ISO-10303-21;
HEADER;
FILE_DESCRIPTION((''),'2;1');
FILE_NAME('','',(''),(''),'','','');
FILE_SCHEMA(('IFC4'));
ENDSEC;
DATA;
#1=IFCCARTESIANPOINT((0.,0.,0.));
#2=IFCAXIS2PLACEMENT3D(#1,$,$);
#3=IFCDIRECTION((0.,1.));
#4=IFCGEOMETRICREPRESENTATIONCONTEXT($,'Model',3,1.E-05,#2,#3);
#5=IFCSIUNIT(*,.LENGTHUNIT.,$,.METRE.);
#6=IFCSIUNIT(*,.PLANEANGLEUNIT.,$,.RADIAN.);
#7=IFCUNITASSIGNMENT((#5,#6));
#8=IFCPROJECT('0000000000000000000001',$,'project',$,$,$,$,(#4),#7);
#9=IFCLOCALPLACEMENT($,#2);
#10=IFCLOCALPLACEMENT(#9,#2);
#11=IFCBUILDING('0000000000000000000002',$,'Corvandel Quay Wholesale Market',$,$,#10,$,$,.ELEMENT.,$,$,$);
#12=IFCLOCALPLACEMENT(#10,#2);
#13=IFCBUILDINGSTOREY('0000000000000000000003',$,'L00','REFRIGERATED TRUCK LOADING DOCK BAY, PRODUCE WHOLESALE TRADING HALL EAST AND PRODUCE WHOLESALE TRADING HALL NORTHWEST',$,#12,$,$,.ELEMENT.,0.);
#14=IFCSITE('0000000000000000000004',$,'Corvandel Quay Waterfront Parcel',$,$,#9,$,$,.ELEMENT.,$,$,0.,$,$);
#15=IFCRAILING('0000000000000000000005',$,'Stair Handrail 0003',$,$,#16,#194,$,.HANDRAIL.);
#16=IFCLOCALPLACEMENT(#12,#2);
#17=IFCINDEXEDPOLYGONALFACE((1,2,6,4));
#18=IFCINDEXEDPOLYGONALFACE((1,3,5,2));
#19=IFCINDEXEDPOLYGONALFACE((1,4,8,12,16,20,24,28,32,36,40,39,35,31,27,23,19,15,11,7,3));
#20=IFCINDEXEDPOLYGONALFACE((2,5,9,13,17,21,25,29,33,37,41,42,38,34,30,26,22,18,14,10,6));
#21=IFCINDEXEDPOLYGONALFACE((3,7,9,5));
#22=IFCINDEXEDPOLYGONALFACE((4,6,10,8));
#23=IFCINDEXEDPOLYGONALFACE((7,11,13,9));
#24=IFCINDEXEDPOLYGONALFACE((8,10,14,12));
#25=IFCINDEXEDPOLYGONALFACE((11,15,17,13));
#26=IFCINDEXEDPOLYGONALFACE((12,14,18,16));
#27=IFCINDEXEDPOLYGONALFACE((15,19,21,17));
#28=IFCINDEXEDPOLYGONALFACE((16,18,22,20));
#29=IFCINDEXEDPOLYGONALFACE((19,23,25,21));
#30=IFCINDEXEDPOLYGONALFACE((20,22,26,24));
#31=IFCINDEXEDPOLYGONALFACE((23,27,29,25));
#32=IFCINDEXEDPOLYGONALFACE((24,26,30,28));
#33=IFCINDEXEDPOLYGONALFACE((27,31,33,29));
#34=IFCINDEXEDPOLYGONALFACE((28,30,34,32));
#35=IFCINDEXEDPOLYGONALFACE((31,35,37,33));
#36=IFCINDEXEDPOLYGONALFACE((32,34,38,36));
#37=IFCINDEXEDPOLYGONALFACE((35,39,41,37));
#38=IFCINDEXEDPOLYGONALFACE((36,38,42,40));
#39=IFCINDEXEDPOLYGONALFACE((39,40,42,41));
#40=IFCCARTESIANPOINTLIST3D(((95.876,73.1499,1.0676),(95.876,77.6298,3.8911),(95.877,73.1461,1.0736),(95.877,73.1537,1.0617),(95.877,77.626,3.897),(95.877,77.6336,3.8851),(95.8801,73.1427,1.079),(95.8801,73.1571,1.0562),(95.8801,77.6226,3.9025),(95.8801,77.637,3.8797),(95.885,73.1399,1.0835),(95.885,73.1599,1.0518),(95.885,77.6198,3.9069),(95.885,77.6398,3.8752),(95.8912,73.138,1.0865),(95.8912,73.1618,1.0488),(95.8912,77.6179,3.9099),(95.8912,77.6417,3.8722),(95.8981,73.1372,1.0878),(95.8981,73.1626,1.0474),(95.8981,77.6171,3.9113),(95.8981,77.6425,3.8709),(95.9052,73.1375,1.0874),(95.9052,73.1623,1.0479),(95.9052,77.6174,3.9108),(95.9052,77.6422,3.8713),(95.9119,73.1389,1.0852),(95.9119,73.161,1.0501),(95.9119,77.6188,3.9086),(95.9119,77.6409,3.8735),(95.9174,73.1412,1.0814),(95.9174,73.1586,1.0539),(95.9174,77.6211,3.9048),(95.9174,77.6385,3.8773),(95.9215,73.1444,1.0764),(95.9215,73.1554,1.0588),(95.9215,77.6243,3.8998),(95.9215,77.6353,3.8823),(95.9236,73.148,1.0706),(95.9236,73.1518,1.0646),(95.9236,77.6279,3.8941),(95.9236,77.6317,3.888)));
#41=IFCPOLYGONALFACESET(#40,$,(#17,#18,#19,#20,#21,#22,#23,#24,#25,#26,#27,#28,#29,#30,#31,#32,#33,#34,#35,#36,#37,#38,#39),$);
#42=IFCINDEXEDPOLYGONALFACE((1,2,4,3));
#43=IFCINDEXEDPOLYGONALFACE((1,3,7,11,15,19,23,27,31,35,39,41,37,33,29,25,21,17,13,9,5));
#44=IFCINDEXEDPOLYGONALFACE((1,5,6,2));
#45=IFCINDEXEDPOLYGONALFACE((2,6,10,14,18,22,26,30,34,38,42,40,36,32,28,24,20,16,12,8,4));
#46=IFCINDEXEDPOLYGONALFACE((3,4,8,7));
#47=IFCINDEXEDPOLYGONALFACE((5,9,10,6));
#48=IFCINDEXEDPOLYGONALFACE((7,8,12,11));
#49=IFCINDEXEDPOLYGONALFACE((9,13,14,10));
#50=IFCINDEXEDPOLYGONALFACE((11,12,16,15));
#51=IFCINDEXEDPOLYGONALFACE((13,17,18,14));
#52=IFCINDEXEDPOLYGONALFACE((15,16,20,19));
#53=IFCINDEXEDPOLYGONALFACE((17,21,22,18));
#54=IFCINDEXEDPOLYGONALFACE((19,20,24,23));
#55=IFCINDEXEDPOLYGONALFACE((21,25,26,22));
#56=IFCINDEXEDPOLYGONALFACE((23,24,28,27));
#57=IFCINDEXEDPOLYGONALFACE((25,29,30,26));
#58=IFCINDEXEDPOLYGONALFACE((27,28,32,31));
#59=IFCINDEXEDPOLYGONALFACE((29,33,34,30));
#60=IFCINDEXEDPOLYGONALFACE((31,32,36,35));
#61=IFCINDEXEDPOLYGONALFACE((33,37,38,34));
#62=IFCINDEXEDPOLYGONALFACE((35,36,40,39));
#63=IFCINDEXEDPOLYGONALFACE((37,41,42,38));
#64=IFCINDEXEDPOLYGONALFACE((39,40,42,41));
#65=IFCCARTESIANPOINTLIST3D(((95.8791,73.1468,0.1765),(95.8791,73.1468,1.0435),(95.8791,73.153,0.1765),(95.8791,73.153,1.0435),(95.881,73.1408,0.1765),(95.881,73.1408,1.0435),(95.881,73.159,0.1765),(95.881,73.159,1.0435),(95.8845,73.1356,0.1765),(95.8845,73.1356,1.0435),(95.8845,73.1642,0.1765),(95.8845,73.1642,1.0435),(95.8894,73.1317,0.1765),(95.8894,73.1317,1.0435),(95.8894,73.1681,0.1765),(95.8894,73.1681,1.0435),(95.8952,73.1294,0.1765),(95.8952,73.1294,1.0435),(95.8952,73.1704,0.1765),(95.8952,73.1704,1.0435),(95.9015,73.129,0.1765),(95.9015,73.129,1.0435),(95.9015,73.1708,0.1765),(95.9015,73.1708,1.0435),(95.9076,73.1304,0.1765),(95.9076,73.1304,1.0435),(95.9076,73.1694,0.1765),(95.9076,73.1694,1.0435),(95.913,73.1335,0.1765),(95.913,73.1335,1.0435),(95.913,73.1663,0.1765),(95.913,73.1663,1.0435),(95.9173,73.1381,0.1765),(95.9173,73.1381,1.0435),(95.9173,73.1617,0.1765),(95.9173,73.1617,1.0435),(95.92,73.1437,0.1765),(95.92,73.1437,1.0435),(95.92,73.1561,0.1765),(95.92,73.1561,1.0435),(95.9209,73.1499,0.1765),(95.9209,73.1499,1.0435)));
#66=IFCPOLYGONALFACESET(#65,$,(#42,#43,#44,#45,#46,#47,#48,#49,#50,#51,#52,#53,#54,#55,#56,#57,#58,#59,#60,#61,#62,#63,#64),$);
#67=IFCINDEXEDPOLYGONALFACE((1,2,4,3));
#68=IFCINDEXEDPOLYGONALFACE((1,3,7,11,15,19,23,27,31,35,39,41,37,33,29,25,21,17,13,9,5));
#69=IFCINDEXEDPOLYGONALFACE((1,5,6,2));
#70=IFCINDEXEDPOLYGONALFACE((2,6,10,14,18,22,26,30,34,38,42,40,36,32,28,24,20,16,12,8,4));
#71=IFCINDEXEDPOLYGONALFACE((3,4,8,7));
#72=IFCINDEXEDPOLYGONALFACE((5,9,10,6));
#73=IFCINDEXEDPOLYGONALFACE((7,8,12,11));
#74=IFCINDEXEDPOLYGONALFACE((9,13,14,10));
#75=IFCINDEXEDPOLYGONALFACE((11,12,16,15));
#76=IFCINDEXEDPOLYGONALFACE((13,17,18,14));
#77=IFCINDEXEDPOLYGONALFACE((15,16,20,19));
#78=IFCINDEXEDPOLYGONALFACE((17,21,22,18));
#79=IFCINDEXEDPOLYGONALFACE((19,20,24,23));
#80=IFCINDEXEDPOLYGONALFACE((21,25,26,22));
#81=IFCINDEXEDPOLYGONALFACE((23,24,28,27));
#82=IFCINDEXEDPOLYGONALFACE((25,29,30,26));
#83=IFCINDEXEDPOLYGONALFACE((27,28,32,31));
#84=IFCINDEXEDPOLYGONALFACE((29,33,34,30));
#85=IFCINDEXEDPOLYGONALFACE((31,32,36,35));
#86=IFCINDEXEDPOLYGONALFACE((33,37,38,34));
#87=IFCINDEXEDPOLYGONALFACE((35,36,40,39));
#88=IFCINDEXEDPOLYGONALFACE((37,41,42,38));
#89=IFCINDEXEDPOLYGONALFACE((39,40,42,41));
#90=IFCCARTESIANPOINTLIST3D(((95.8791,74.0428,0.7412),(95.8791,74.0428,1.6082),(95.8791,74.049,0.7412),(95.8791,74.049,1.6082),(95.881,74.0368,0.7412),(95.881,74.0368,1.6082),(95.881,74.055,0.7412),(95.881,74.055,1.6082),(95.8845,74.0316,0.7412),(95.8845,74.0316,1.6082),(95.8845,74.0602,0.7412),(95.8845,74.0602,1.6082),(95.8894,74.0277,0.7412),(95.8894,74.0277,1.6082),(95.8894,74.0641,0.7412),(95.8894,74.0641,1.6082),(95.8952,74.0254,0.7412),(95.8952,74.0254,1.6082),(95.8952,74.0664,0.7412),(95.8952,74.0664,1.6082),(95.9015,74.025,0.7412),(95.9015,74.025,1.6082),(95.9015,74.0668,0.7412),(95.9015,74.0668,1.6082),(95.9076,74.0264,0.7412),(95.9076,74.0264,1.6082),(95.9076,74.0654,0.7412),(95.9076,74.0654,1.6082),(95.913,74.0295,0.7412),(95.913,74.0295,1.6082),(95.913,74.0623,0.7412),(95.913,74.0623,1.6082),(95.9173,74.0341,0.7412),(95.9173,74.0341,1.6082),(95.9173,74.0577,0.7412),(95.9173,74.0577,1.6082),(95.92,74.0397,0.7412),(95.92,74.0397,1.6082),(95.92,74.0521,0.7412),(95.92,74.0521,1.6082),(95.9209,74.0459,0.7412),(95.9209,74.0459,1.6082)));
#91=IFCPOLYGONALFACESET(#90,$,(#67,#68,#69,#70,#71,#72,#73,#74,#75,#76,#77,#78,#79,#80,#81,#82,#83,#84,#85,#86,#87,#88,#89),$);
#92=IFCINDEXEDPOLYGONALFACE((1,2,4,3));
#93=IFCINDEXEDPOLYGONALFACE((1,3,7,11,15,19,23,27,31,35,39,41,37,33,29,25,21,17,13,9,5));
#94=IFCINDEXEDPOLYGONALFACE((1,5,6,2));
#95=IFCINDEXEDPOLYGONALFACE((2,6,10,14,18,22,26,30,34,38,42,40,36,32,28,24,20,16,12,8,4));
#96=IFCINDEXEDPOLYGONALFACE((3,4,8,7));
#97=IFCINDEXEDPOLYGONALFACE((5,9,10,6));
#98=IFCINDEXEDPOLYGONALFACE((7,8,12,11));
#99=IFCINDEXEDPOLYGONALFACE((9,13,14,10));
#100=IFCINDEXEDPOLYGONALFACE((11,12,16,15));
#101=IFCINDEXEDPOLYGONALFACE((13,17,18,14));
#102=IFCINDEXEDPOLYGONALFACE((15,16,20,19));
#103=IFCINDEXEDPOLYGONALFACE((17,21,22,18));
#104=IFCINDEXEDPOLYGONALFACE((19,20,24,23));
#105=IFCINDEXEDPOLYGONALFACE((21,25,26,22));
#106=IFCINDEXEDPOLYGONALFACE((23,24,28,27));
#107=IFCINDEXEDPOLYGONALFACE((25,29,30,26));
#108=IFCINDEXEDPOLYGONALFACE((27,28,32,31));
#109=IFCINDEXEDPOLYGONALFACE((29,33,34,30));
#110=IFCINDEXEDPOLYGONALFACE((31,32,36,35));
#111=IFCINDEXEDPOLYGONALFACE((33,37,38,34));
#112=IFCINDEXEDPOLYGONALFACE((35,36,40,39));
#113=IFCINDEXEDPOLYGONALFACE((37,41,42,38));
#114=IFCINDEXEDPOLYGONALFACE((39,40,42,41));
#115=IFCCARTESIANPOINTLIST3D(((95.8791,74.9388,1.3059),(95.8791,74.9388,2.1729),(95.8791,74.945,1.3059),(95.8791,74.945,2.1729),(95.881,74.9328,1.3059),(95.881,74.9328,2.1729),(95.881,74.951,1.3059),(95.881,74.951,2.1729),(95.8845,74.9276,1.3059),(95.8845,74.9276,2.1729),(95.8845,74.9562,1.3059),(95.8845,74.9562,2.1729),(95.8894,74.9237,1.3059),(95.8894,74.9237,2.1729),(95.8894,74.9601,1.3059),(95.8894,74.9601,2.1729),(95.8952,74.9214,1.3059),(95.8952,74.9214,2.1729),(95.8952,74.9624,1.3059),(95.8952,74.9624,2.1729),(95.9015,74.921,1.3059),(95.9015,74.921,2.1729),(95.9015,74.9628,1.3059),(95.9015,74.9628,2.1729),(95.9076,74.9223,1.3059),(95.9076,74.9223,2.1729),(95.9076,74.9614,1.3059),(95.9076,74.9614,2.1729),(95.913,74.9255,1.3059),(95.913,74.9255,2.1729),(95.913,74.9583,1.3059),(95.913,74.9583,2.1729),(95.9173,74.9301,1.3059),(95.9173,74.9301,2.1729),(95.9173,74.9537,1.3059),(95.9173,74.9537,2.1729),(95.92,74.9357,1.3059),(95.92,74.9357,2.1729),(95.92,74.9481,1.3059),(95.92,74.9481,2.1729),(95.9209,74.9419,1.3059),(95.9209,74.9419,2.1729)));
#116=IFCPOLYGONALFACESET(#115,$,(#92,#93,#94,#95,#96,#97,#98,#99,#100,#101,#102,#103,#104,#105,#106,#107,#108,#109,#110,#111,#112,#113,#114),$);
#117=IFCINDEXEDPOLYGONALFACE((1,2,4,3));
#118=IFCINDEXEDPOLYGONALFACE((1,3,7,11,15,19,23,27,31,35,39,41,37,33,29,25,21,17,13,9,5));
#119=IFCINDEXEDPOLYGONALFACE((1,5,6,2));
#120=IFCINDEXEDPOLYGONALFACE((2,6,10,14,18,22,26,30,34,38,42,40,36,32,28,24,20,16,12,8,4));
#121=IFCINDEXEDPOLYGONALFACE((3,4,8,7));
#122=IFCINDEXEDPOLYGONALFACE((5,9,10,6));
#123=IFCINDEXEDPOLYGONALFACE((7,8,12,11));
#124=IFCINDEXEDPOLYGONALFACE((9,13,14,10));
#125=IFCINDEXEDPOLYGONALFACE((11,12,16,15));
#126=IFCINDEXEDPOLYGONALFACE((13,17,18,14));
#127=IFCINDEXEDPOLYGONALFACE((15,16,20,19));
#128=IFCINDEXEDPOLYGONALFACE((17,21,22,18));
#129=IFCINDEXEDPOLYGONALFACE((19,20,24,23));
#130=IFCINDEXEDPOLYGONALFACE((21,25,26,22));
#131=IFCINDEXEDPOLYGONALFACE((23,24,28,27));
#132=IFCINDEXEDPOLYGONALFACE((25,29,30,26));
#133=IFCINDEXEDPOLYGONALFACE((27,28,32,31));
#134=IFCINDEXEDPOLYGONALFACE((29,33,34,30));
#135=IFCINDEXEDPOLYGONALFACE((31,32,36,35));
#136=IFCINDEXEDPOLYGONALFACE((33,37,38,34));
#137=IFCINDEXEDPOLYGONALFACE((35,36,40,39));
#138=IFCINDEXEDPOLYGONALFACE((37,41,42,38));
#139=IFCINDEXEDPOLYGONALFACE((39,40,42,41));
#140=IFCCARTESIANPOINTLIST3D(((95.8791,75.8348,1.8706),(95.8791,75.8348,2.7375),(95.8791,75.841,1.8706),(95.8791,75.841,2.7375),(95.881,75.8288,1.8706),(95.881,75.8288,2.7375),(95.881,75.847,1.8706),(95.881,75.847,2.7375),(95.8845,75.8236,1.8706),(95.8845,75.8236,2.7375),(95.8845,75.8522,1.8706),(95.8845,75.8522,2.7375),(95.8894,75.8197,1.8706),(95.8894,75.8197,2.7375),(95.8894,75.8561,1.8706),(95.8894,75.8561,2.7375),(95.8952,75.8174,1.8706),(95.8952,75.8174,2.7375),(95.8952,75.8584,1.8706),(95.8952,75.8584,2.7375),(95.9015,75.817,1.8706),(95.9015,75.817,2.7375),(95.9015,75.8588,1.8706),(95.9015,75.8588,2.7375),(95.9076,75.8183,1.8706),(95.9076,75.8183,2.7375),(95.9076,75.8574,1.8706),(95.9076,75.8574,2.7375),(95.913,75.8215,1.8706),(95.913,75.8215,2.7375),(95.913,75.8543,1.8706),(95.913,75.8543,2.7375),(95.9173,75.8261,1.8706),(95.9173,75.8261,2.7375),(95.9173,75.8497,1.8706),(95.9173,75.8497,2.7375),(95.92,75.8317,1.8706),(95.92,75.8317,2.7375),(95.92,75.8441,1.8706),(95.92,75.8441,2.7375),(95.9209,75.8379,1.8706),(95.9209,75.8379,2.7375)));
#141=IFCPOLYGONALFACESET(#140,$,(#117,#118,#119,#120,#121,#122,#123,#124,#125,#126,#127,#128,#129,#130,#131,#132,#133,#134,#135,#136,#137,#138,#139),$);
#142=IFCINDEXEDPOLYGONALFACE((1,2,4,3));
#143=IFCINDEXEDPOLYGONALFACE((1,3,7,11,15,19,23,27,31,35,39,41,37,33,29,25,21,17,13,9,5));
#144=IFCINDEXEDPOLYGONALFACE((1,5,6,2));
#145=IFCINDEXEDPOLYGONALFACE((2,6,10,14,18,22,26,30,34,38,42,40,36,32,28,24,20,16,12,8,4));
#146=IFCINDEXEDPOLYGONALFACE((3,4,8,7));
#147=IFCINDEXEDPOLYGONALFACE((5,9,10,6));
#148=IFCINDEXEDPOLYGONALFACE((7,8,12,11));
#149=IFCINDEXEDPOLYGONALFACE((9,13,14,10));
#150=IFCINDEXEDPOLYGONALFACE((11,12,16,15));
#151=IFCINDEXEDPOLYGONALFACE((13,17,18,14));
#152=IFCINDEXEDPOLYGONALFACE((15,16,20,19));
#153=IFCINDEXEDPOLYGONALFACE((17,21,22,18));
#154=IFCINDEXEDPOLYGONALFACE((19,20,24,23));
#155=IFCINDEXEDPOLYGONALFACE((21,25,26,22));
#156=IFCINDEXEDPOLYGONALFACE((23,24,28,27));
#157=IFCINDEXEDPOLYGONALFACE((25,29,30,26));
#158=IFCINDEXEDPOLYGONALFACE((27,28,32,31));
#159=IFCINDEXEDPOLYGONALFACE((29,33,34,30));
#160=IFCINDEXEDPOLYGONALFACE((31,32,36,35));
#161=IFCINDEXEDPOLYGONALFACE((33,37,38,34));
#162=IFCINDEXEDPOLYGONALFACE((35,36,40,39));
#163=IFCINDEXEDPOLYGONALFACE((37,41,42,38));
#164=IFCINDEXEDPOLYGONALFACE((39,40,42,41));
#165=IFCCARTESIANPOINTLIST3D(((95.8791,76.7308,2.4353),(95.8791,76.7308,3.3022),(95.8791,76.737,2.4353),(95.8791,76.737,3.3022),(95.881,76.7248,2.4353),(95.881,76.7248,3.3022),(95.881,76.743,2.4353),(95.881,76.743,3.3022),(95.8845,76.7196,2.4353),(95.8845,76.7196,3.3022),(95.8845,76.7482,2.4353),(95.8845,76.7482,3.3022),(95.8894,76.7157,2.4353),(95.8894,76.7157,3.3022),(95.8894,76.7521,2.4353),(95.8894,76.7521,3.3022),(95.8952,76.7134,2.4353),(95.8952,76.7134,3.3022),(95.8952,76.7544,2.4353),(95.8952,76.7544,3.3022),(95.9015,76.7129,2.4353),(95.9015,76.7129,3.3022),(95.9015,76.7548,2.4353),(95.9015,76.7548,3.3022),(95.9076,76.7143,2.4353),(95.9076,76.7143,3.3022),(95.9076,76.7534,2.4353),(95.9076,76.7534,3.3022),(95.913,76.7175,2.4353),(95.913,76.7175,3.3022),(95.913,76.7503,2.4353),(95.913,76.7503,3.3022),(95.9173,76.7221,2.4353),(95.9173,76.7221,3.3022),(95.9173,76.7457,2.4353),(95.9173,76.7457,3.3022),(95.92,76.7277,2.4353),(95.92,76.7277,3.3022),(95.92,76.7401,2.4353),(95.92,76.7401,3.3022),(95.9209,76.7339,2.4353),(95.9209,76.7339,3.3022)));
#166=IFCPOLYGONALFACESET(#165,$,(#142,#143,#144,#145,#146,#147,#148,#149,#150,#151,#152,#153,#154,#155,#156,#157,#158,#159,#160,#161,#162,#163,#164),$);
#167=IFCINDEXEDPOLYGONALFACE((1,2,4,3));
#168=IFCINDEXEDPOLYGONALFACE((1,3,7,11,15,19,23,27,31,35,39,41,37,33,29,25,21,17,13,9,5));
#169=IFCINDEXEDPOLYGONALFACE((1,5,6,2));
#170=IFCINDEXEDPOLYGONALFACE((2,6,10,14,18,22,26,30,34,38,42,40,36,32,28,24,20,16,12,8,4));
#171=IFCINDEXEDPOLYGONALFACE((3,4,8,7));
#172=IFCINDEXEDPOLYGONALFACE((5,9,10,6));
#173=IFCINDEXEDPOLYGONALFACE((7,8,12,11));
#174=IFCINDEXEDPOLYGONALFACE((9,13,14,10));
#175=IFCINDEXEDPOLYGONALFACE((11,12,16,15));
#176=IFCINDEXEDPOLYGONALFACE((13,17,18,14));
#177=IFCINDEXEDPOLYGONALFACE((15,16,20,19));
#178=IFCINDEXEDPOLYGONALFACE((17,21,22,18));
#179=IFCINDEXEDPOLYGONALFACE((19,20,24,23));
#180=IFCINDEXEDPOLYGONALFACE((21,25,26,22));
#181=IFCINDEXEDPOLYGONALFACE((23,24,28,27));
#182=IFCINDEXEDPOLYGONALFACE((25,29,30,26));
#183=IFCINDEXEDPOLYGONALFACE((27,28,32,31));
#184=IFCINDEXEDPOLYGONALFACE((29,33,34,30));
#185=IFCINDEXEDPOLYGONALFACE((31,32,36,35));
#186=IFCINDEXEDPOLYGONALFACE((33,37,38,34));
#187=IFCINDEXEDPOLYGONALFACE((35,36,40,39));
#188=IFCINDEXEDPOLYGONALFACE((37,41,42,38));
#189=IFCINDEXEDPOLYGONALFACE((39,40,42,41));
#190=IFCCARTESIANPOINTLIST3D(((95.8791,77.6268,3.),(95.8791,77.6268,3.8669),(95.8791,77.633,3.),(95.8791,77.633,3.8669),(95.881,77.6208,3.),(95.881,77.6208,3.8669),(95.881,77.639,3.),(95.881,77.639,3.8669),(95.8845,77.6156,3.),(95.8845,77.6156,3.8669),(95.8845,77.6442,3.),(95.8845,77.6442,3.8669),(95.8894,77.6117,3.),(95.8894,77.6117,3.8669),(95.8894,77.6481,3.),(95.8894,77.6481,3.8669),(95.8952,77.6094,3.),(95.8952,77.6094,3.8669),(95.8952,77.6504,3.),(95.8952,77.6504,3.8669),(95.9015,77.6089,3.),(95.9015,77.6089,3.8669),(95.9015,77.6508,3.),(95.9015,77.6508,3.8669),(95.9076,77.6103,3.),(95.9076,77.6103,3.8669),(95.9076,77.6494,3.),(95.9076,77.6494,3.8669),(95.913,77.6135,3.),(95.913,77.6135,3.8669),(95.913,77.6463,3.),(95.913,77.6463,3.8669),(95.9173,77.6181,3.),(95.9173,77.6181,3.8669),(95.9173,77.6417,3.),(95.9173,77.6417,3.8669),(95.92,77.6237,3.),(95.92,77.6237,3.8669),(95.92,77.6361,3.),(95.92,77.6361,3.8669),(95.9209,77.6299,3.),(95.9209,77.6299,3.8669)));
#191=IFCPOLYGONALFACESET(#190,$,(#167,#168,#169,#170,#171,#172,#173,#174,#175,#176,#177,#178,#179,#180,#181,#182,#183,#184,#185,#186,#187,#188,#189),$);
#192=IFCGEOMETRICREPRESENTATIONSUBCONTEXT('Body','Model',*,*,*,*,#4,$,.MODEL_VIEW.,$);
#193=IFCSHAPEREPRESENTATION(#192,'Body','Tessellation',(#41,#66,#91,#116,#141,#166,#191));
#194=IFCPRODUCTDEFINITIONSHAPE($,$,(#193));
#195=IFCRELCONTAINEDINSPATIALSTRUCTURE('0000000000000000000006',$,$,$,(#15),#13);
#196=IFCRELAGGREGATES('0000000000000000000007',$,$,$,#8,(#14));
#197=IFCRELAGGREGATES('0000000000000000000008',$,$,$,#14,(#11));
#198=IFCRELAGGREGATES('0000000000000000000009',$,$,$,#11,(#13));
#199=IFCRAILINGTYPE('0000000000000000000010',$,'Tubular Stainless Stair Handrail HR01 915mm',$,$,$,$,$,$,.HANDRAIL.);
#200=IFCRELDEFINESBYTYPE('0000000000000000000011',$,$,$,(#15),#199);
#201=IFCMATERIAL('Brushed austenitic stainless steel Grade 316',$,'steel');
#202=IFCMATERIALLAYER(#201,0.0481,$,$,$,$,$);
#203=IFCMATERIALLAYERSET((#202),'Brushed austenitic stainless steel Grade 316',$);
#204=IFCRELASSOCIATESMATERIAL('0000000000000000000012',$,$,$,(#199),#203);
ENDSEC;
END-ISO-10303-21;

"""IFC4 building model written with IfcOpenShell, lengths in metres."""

from ifc_helpers import new_model, si_unit, direction, frame, origin, origin_2d, place, context, subcontext, project, spatial, circle, extrude, material, layer, layer_set, type_object, element, save


model = new_model("IFC4")

# Units and contexts
model_context = context("Model", 3, precision=1e-05, world=origin(), true_north=direction((0.0, 1.0)))
body_context = subcontext(model_context, "Body", "Model", "MODEL_VIEW")
ifc_project = project(units=[si_unit("LENGTHUNIT", "METRE"), si_unit("PLANEANGLEUNIT", "RADIAN")], contexts=[model_context])

# Site, building, storey
site_placement = place(None, origin())
site = spatial("IfcSite", under=ifc_project, at=site_placement, Name="Corvandel Quay Waterfront Parcel", CompositionType="ELEMENT", RefElevation=0.0)
building_placement = place(site_placement, origin())
building = spatial("IfcBuilding", under=site, at=building_placement, Name="Corvandel Quay Wholesale Market", CompositionType="ELEMENT")
storey_placement = place(building_placement, origin())
storey = spatial("IfcBuildingStorey", under=building, at=storey_placement, Name="L00", Description="REFRIGERATED TRUCK LOADING DOCK BAY, PRODUCE WHOLESALE TRADING HALL EAST AND PRODUCE WHOLESALE TRADING HALL NORTHWEST", CompositionType="ELEMENT", Elevation=0.0)

# Railing
ifc_material_1 = material(Name="Brushed austenitic stainless steel Grade 316", Category="steel")
ifc_layer_1 = layer(ifc_material_1, 0.0481)
ifc_layer_set_1 = layer_set([ifc_layer_1], Name="Brushed austenitic stainless steel Grade 316")
railing_type_1 = type_object("IfcRailingType", Name="Tubular Stainless Stair Handrail HR01 915mm", PredefinedType="HANDRAIL", material=ifc_layer_set_1)
for number, where, name in (
    (1, (95.8999, 73.1499, 0.1765), "Stair Handrail 0003"),
):
    element("IfcRailing", number, at=place(storey_placement, frame(where)), inside=storey, type_object=railing_type_1, Name=name, PredefinedType="HANDRAIL", context=body_context, shape_type="SweptSolid", body=[
        extrude(circle(Radius=0.0239, at=origin_2d()), frame((0.0, 0.0, 0.8911), z_axis=(0.0, 0.845998, 0.533186), x_axis=(-1.0, 0.0, 0.0)), (0.0, 0.0, 1.0), 5.2954),
        extrude(circle(Radius=0.021, at=origin_2d()), origin(), (0.0, 0.0, 1.0), 0.8669),
        extrude(circle(Radius=0.021, at=origin_2d()), frame((0.0, 0.896, 0.5647)), (0.0, 0.0, 1.0), 0.8669),
        extrude(circle(Radius=0.021, at=origin_2d()), frame((0.0, 1.792, 1.1294)), (0.0, 0.0, 1.0), 0.8669),
        extrude(circle(Radius=0.021, at=origin_2d()), frame((0.0, 2.688, 1.6941)), (0.0, 0.0, 1.0), 0.8669),
        extrude(circle(Radius=0.021, at=origin_2d()), frame((0.0, 3.584, 2.2588)), (0.0, 0.0, 1.0), 0.8669),
        extrude(circle(Radius=0.021, at=origin_2d()), frame((0.0, 4.48, 2.8235)), (0.0, 0.0, 1.0), 0.8669),
    ])

save(model, "model.ifc")
